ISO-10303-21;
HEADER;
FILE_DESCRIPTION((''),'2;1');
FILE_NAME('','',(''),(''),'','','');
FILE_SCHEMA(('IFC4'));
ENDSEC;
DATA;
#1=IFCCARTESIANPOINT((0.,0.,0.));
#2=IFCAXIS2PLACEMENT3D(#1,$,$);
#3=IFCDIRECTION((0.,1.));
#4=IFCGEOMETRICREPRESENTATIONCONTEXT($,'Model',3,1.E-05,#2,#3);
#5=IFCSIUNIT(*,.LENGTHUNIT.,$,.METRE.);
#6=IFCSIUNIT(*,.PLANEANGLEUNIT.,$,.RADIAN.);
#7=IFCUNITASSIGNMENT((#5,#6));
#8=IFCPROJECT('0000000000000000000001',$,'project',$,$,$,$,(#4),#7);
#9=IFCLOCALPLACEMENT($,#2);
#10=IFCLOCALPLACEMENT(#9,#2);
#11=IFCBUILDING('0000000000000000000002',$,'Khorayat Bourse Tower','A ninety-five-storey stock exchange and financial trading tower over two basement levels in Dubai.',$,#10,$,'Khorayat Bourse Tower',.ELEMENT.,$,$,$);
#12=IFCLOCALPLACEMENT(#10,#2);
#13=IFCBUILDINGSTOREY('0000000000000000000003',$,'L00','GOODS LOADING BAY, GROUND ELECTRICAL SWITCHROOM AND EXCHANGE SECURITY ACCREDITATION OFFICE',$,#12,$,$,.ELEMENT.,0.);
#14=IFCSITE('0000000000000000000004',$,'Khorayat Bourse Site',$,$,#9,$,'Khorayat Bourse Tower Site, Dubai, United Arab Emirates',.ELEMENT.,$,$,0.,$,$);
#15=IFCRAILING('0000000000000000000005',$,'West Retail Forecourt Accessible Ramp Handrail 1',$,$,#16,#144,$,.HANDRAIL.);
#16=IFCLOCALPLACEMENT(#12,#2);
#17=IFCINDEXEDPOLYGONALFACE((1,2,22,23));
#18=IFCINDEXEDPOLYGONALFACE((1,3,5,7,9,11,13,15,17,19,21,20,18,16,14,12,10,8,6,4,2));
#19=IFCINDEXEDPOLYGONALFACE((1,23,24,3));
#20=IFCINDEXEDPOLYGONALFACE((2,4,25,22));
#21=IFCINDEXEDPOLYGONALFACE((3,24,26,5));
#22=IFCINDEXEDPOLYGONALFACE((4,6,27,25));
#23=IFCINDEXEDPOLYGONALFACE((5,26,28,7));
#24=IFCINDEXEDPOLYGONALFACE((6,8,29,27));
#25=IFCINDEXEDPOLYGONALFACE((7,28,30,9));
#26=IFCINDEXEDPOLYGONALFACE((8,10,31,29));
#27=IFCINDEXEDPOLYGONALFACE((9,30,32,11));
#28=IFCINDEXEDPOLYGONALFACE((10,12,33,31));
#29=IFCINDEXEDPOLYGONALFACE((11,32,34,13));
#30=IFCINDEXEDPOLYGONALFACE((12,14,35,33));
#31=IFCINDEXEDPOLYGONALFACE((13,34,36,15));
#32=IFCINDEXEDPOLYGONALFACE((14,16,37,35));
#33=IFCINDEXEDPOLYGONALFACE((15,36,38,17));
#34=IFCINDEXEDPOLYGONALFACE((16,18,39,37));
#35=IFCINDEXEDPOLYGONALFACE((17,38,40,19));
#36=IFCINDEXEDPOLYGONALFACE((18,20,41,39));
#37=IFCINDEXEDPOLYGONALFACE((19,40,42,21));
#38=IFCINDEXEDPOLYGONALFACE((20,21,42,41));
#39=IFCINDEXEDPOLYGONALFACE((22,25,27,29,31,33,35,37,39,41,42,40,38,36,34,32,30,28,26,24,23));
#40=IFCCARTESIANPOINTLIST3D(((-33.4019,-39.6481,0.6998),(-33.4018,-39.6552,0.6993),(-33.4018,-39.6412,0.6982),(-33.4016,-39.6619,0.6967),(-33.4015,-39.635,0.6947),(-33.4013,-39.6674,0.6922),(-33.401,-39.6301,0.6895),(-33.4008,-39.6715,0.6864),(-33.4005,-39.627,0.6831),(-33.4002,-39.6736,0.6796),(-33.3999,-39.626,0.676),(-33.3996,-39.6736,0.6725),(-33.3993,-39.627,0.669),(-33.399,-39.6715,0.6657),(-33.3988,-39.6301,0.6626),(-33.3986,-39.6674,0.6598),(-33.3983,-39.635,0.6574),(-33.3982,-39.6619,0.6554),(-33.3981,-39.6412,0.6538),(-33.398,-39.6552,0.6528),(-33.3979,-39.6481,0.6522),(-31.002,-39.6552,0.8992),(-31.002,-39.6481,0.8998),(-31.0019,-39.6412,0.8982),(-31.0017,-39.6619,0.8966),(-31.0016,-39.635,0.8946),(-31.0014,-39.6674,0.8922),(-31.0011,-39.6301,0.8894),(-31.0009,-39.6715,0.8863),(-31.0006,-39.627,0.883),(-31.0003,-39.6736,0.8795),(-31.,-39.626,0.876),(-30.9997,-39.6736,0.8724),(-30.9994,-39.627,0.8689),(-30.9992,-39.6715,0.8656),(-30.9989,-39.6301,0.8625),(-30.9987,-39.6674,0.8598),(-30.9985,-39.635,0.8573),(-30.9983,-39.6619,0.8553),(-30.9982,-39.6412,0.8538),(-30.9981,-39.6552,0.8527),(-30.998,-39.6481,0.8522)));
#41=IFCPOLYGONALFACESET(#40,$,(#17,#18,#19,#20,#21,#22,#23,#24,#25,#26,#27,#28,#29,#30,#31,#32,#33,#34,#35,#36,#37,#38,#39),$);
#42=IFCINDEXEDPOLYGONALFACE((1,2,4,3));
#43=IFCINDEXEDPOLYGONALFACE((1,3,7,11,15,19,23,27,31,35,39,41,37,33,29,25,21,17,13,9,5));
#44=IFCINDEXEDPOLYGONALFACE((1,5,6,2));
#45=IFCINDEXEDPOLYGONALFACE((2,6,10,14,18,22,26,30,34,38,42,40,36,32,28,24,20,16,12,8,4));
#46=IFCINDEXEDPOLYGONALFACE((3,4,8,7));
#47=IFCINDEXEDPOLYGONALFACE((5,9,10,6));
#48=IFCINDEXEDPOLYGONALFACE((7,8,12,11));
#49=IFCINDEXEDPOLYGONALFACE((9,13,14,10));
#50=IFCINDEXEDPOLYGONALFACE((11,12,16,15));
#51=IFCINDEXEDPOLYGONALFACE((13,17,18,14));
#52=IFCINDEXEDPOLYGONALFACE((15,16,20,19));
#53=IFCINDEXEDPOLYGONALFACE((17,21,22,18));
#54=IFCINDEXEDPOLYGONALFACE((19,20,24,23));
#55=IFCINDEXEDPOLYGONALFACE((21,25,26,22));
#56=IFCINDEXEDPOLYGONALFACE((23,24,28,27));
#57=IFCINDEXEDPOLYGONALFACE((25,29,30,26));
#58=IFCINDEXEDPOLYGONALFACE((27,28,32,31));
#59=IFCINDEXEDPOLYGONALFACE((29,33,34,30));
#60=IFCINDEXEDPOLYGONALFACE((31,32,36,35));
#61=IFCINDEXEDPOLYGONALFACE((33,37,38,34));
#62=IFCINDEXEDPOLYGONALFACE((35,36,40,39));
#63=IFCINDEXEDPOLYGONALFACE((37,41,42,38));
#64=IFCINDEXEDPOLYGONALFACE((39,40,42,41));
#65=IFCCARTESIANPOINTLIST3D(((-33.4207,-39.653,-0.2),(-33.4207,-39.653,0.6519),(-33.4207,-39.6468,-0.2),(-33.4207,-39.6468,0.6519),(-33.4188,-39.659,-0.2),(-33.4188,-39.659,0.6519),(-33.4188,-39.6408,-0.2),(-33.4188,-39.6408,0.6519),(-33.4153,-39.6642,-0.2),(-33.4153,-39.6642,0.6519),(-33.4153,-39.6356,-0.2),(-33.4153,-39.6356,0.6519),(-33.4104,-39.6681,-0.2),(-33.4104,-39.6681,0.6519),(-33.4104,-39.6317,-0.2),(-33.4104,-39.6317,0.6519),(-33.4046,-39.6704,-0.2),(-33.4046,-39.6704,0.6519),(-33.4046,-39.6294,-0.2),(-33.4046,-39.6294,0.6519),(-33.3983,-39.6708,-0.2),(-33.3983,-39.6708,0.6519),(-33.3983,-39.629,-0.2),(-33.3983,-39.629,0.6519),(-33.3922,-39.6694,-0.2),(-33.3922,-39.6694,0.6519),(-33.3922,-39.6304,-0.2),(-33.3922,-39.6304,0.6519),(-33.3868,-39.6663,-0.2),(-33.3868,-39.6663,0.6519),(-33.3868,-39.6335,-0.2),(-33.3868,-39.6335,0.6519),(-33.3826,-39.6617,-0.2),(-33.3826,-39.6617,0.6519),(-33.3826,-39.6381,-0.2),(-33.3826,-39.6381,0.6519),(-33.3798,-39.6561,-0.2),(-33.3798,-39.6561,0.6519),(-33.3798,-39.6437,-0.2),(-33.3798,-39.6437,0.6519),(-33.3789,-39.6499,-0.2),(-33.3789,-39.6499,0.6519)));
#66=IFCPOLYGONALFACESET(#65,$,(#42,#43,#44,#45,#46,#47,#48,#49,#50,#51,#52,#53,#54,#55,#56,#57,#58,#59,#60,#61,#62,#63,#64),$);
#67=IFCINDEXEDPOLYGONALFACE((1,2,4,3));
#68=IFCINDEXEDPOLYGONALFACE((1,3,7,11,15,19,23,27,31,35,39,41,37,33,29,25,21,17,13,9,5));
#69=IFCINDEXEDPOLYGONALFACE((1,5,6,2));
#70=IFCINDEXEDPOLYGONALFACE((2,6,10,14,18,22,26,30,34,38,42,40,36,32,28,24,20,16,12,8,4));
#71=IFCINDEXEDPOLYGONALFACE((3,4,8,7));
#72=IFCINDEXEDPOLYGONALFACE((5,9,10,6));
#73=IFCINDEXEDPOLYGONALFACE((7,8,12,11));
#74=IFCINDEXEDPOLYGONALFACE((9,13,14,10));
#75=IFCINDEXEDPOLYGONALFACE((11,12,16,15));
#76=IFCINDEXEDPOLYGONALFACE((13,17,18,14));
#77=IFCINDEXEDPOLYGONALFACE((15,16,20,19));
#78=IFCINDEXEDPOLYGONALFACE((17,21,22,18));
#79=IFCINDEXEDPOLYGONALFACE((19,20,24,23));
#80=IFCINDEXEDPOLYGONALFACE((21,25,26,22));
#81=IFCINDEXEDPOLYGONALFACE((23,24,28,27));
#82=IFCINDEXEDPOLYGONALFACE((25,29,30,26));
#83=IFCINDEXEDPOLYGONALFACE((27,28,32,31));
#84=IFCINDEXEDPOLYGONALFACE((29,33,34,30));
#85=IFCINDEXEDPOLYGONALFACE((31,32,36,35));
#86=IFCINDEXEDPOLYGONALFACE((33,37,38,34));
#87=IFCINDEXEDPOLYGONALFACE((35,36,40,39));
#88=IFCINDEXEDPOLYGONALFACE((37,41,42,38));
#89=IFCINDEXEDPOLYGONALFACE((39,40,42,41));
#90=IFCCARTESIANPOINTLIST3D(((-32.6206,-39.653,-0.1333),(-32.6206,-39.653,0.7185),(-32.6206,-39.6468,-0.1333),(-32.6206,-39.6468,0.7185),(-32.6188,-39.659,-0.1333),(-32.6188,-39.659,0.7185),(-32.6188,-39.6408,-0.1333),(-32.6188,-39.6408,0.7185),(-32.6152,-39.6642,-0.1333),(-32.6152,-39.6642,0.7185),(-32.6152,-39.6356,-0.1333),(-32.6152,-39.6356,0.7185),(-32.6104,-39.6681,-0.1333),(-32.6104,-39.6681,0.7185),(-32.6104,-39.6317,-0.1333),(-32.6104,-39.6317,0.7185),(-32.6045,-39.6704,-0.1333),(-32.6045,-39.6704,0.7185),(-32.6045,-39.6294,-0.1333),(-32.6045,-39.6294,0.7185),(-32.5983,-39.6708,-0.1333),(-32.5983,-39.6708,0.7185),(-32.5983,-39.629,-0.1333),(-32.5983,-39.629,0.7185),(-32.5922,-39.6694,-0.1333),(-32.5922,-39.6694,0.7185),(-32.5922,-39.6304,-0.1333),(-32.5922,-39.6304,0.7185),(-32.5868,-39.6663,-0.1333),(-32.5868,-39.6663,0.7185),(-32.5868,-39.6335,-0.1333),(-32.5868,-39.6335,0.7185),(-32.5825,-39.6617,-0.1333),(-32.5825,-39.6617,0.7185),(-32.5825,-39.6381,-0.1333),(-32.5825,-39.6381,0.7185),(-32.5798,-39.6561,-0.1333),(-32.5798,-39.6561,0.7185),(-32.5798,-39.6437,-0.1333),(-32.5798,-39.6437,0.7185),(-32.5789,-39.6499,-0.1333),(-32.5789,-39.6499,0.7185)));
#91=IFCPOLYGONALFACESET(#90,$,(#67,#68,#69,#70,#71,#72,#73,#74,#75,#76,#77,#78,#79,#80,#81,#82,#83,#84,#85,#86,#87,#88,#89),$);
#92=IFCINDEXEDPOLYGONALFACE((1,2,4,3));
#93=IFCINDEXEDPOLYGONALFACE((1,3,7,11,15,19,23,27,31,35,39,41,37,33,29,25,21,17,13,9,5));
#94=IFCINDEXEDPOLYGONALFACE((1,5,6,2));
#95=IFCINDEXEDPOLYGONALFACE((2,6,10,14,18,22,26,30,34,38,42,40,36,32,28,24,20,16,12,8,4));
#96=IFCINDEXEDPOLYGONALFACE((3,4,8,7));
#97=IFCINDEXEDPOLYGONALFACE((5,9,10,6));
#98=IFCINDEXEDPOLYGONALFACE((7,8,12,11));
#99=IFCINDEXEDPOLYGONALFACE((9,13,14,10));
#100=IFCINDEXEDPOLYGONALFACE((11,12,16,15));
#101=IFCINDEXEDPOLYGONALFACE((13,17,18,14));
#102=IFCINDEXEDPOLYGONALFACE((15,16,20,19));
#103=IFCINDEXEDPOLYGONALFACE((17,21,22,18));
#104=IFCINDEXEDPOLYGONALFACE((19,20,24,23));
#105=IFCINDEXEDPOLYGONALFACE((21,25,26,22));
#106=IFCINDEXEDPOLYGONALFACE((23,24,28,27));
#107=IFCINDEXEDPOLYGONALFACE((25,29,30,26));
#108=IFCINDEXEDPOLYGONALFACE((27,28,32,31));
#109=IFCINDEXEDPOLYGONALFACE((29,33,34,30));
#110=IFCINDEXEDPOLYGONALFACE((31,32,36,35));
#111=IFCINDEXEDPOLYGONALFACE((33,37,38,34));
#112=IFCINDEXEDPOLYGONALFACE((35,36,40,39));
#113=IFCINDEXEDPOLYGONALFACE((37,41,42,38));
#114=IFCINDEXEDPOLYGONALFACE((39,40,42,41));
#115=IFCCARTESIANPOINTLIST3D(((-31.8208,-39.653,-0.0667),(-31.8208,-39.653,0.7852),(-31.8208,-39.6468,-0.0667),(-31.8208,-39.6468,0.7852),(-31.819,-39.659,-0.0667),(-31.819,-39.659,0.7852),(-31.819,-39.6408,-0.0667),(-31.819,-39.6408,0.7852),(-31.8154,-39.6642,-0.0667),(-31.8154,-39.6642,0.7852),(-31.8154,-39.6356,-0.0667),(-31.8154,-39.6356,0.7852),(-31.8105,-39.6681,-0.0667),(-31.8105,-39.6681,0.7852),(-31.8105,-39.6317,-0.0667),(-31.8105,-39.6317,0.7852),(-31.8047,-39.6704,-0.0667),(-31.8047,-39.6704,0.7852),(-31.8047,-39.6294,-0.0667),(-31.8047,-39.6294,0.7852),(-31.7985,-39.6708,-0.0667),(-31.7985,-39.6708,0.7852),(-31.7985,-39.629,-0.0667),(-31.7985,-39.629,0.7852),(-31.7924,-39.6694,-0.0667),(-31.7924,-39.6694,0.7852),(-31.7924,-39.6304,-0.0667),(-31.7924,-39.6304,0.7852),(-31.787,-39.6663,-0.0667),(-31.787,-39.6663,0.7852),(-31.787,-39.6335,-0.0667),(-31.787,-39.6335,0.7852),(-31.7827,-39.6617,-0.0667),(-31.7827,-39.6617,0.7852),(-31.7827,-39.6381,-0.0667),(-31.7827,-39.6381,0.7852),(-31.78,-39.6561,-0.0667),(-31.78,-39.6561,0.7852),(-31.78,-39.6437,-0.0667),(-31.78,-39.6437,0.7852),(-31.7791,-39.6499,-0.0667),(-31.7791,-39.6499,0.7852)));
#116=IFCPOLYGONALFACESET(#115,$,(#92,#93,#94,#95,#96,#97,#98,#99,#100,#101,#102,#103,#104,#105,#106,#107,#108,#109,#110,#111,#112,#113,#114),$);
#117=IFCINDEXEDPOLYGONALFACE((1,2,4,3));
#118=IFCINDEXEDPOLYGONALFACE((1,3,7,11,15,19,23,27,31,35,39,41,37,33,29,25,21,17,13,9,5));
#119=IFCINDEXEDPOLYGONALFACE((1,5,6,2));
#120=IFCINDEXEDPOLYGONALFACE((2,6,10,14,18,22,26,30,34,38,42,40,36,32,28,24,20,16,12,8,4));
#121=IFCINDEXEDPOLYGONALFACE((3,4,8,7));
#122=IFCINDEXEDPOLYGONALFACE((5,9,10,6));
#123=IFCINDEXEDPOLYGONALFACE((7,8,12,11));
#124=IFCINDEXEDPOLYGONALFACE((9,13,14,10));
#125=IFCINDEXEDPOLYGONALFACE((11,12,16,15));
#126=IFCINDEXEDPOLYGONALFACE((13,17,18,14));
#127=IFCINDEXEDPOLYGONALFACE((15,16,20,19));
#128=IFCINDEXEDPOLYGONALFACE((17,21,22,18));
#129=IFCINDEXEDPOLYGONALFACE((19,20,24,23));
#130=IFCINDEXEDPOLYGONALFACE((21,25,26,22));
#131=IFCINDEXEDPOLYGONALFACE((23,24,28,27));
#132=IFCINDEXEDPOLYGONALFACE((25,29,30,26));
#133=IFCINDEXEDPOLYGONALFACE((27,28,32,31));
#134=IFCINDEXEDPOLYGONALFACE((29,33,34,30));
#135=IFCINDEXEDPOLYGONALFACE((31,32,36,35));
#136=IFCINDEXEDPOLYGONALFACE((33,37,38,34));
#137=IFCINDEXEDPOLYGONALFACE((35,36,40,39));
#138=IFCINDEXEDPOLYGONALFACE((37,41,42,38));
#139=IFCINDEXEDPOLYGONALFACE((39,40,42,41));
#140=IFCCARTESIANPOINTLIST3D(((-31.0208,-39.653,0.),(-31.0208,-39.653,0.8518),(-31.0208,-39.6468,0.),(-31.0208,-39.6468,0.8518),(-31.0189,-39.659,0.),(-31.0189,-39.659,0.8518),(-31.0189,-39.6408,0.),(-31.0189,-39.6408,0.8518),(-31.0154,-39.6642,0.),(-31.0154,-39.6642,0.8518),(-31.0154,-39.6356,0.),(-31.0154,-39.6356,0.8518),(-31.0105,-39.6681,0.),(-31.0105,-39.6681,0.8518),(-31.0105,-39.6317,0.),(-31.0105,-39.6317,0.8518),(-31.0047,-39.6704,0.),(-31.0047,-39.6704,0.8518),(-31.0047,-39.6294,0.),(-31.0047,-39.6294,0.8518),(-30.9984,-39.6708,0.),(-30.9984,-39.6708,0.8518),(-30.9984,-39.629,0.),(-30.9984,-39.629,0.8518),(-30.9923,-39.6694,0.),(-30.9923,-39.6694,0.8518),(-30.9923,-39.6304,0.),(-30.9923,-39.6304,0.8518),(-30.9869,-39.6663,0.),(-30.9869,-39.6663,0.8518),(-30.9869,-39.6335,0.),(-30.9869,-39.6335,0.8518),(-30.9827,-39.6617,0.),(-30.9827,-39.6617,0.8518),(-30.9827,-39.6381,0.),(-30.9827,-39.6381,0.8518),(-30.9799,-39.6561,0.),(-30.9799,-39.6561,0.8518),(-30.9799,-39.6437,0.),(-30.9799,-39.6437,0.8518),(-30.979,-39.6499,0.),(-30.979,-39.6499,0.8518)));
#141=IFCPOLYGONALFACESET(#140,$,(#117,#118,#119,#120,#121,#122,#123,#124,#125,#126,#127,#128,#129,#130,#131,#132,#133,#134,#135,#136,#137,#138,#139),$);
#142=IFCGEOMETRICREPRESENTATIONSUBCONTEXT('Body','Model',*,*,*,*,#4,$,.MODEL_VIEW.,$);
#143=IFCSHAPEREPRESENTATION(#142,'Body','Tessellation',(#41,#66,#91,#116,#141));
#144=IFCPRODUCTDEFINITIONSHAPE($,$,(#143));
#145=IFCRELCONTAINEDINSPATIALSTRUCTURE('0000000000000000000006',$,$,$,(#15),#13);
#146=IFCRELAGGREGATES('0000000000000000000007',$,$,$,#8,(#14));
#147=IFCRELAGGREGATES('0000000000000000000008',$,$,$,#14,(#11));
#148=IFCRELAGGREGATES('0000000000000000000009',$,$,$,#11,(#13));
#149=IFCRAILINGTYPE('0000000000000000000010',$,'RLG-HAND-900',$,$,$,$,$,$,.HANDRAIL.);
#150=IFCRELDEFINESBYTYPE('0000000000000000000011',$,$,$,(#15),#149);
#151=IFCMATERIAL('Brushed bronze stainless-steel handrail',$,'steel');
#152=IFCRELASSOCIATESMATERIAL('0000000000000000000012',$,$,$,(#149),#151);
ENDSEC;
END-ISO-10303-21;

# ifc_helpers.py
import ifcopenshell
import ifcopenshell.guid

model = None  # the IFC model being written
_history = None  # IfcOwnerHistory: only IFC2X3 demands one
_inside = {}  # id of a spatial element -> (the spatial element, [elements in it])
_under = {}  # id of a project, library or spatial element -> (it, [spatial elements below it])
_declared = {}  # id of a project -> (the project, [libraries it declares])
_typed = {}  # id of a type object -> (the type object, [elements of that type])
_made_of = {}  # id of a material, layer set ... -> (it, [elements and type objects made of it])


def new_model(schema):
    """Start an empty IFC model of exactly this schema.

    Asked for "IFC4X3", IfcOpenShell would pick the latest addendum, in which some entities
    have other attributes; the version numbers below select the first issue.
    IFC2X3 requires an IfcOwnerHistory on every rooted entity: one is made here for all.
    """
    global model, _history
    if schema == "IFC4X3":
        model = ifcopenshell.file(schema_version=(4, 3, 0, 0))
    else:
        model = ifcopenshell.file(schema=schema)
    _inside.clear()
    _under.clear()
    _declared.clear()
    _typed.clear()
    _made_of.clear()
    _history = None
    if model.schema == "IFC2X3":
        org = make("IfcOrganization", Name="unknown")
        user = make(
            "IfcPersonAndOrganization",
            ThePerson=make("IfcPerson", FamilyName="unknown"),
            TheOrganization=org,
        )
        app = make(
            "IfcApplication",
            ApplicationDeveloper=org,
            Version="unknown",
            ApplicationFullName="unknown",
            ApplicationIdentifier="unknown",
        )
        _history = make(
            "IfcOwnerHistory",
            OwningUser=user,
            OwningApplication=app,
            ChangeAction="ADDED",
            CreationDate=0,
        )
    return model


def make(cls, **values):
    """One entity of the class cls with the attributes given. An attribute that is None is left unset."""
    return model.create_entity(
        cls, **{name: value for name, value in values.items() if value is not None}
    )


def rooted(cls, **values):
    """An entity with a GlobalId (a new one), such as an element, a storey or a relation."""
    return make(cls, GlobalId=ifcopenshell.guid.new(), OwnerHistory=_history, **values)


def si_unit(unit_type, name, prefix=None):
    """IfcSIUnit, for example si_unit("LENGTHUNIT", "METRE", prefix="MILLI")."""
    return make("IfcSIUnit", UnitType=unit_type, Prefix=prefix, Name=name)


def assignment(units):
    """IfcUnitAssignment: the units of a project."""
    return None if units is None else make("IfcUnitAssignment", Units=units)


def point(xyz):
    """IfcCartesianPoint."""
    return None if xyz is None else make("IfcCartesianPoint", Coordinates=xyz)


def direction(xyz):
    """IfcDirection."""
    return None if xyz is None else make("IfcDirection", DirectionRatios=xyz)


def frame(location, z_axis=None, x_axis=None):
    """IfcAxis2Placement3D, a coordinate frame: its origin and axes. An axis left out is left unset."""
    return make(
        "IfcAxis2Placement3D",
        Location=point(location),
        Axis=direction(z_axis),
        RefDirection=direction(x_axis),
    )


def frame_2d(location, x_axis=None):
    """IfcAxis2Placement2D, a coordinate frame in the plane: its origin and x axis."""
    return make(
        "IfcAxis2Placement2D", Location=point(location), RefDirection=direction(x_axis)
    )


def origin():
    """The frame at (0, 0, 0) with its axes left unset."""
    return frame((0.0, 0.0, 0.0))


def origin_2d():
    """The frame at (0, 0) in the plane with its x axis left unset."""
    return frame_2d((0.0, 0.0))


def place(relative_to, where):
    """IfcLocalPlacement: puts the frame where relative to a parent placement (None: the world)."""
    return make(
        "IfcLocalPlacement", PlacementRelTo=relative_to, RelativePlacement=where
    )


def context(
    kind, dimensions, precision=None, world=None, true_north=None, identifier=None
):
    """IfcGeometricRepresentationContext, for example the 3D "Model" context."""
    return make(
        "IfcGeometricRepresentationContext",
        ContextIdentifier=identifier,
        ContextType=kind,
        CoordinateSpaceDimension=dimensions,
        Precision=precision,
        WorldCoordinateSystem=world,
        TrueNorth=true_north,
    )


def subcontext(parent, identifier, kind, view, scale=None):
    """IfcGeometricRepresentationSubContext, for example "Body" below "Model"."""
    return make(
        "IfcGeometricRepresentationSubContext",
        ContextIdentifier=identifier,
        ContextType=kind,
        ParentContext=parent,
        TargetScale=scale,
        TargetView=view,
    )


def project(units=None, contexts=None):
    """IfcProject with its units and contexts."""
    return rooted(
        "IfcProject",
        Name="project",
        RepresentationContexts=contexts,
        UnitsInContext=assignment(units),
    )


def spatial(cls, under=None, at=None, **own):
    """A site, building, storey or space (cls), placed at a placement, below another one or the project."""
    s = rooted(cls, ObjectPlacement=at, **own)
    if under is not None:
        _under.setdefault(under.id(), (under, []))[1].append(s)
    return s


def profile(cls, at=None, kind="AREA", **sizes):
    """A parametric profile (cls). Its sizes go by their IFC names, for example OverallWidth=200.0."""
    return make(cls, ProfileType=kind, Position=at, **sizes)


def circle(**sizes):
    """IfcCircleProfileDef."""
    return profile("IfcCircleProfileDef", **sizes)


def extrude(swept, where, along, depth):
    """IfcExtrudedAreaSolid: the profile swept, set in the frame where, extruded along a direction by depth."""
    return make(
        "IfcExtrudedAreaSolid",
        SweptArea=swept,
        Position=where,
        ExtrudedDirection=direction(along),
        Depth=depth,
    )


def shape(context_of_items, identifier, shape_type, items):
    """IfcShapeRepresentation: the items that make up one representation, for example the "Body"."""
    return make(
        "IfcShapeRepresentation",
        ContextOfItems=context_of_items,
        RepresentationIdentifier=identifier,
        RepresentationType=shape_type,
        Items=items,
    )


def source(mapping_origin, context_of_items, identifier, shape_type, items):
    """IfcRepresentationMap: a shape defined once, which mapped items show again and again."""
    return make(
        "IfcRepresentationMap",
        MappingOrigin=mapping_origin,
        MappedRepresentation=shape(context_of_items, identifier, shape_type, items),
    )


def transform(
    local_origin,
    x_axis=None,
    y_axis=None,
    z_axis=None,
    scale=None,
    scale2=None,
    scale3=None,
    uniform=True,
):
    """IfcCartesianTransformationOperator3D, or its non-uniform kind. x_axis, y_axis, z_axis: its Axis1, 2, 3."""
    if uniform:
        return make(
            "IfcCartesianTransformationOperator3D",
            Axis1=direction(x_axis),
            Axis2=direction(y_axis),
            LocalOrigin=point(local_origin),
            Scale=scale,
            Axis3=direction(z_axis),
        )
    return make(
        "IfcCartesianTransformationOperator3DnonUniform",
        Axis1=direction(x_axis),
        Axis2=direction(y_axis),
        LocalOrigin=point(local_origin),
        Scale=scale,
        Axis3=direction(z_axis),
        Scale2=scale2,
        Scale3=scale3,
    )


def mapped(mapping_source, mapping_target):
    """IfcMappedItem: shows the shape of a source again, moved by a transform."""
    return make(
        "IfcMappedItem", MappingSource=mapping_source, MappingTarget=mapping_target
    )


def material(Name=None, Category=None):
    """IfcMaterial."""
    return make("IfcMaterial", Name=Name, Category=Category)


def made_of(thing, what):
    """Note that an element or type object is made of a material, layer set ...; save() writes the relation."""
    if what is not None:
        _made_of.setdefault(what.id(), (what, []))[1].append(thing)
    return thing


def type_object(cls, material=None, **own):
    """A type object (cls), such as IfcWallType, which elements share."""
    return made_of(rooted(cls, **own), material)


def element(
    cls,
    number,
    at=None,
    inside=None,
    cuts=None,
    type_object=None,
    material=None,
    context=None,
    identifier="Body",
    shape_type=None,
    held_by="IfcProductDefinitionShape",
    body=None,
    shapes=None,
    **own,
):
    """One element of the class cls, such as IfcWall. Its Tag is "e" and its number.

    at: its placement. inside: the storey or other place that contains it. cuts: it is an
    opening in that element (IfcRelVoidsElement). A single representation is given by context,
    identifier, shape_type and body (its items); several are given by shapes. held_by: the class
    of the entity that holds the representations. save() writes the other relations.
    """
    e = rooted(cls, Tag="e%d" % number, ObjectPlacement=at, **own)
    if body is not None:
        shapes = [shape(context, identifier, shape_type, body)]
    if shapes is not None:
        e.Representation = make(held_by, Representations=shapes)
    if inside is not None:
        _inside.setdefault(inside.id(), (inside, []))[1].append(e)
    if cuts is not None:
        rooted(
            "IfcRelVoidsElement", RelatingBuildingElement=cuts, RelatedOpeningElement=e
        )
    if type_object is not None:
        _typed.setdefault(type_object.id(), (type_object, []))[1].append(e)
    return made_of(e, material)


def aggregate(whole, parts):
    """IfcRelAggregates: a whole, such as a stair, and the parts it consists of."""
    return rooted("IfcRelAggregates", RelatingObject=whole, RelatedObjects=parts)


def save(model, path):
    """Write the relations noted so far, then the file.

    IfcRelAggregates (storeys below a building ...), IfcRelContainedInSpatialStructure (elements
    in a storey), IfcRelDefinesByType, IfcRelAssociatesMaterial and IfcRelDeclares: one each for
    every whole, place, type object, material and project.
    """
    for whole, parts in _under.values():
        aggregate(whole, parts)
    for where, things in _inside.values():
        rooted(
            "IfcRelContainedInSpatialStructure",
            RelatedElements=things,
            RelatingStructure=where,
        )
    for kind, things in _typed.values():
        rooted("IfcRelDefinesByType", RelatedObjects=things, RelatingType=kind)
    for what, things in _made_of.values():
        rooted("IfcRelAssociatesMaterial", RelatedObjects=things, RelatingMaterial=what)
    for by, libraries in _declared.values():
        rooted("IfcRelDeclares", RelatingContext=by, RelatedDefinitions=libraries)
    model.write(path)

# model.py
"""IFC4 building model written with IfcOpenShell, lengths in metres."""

from ifc_helpers import new_model, si_unit, direction, frame, origin, origin_2d, place, context, subcontext, project, spatial, circle, extrude, source, transform, mapped, material, type_object, element, save


model = new_model("IFC4")

# Units and contexts
model_context = context("Model", 3, precision=1e-05, world=origin(), true_north=direction((0.0, 1.0)))
body_context = subcontext(model_context, "Body", "Model", "MODEL_VIEW")
ifc_project = project(units=[si_unit("LENGTHUNIT", "METRE"), si_unit("PLANEANGLEUNIT", "RADIAN")], contexts=[model_context])

# Site, building, storey
site_placement = place(None, origin())
site = spatial("IfcSite", under=ifc_project, at=site_placement, Name="Khorayat Bourse Site", LongName="Khorayat Bourse Tower Site, Dubai, United Arab Emirates", CompositionType="ELEMENT", RefElevation=0.0)
building_placement = place(site_placement, origin())
building = spatial("IfcBuilding", under=site, at=building_placement, Name="Khorayat Bourse Tower", Description="A ninety-five-storey stock exchange and financial trading tower over two basement levels in Dubai.", LongName="Khorayat Bourse Tower", CompositionType="ELEMENT")
storey_placement = place(building_placement, origin())
storey = spatial("IfcBuildingStorey", under=building, at=storey_placement, Name="L00", Description="GOODS LOADING BAY, GROUND ELECTRICAL SWITCHROOM AND EXCHANGE SECURITY ACCREDITATION OFFICE", CompositionType="ELEMENT", Elevation=0.0)

# Railing
ifc_material_1 = material(Name="Brushed bronze stainless-steel handrail", Category="steel")
railing_type = type_object("IfcRailingType", Name="RLG-HAND-900", PredefinedType="HANDRAIL", material=ifc_material_1)
shared_shape_1 = source(origin(), body_context, "Body", "SweptSolid", [
    extrude(circle(Radius=0.0239, at=origin_2d()), frame((0.0, 0.0, 0.876), z_axis=(0.996547, 0.0, 0.083029), x_axis=(0.0, 1.0, 0.0)), (0.0, 0.0, 1.0), 2.4082),
    extrude(circle(Radius=0.021, at=origin_2d()), origin(), (0.0, 0.0, 1.0), 0.8518),
    extrude(circle(Radius=0.021, at=origin_2d()), frame((0.8, 0.0, 0.0667)), (0.0, 0.0, 1.0), 0.8518),
    extrude(circle(Radius=0.021, at=origin_2d()), frame((1.5999, 0.0, 0.1333)), (0.0, 0.0, 1.0), 0.8518),
    extrude(circle(Radius=0.021, at=origin_2d()), frame((2.3999, 0.0, 0.2)), (0.0, 0.0, 1.0), 0.8518),
])
for number, where, name in (
    (1, (-33.3999, -39.6499, -0.2), "West Retail Forecourt Accessible Ramp Handrail 1"),
):
    element("IfcRailing", number, at=place(storey_placement, frame(where)), inside=storey, type_object=railing_type, Name=name, PredefinedType="HANDRAIL", context=body_context, shape_type="MappedRepresentation", body=[
        mapped(shared_shape_1, transform((0.0, 0.0, 0.0), scale=1.0)),
    ])

save(model, "model.ifc")
